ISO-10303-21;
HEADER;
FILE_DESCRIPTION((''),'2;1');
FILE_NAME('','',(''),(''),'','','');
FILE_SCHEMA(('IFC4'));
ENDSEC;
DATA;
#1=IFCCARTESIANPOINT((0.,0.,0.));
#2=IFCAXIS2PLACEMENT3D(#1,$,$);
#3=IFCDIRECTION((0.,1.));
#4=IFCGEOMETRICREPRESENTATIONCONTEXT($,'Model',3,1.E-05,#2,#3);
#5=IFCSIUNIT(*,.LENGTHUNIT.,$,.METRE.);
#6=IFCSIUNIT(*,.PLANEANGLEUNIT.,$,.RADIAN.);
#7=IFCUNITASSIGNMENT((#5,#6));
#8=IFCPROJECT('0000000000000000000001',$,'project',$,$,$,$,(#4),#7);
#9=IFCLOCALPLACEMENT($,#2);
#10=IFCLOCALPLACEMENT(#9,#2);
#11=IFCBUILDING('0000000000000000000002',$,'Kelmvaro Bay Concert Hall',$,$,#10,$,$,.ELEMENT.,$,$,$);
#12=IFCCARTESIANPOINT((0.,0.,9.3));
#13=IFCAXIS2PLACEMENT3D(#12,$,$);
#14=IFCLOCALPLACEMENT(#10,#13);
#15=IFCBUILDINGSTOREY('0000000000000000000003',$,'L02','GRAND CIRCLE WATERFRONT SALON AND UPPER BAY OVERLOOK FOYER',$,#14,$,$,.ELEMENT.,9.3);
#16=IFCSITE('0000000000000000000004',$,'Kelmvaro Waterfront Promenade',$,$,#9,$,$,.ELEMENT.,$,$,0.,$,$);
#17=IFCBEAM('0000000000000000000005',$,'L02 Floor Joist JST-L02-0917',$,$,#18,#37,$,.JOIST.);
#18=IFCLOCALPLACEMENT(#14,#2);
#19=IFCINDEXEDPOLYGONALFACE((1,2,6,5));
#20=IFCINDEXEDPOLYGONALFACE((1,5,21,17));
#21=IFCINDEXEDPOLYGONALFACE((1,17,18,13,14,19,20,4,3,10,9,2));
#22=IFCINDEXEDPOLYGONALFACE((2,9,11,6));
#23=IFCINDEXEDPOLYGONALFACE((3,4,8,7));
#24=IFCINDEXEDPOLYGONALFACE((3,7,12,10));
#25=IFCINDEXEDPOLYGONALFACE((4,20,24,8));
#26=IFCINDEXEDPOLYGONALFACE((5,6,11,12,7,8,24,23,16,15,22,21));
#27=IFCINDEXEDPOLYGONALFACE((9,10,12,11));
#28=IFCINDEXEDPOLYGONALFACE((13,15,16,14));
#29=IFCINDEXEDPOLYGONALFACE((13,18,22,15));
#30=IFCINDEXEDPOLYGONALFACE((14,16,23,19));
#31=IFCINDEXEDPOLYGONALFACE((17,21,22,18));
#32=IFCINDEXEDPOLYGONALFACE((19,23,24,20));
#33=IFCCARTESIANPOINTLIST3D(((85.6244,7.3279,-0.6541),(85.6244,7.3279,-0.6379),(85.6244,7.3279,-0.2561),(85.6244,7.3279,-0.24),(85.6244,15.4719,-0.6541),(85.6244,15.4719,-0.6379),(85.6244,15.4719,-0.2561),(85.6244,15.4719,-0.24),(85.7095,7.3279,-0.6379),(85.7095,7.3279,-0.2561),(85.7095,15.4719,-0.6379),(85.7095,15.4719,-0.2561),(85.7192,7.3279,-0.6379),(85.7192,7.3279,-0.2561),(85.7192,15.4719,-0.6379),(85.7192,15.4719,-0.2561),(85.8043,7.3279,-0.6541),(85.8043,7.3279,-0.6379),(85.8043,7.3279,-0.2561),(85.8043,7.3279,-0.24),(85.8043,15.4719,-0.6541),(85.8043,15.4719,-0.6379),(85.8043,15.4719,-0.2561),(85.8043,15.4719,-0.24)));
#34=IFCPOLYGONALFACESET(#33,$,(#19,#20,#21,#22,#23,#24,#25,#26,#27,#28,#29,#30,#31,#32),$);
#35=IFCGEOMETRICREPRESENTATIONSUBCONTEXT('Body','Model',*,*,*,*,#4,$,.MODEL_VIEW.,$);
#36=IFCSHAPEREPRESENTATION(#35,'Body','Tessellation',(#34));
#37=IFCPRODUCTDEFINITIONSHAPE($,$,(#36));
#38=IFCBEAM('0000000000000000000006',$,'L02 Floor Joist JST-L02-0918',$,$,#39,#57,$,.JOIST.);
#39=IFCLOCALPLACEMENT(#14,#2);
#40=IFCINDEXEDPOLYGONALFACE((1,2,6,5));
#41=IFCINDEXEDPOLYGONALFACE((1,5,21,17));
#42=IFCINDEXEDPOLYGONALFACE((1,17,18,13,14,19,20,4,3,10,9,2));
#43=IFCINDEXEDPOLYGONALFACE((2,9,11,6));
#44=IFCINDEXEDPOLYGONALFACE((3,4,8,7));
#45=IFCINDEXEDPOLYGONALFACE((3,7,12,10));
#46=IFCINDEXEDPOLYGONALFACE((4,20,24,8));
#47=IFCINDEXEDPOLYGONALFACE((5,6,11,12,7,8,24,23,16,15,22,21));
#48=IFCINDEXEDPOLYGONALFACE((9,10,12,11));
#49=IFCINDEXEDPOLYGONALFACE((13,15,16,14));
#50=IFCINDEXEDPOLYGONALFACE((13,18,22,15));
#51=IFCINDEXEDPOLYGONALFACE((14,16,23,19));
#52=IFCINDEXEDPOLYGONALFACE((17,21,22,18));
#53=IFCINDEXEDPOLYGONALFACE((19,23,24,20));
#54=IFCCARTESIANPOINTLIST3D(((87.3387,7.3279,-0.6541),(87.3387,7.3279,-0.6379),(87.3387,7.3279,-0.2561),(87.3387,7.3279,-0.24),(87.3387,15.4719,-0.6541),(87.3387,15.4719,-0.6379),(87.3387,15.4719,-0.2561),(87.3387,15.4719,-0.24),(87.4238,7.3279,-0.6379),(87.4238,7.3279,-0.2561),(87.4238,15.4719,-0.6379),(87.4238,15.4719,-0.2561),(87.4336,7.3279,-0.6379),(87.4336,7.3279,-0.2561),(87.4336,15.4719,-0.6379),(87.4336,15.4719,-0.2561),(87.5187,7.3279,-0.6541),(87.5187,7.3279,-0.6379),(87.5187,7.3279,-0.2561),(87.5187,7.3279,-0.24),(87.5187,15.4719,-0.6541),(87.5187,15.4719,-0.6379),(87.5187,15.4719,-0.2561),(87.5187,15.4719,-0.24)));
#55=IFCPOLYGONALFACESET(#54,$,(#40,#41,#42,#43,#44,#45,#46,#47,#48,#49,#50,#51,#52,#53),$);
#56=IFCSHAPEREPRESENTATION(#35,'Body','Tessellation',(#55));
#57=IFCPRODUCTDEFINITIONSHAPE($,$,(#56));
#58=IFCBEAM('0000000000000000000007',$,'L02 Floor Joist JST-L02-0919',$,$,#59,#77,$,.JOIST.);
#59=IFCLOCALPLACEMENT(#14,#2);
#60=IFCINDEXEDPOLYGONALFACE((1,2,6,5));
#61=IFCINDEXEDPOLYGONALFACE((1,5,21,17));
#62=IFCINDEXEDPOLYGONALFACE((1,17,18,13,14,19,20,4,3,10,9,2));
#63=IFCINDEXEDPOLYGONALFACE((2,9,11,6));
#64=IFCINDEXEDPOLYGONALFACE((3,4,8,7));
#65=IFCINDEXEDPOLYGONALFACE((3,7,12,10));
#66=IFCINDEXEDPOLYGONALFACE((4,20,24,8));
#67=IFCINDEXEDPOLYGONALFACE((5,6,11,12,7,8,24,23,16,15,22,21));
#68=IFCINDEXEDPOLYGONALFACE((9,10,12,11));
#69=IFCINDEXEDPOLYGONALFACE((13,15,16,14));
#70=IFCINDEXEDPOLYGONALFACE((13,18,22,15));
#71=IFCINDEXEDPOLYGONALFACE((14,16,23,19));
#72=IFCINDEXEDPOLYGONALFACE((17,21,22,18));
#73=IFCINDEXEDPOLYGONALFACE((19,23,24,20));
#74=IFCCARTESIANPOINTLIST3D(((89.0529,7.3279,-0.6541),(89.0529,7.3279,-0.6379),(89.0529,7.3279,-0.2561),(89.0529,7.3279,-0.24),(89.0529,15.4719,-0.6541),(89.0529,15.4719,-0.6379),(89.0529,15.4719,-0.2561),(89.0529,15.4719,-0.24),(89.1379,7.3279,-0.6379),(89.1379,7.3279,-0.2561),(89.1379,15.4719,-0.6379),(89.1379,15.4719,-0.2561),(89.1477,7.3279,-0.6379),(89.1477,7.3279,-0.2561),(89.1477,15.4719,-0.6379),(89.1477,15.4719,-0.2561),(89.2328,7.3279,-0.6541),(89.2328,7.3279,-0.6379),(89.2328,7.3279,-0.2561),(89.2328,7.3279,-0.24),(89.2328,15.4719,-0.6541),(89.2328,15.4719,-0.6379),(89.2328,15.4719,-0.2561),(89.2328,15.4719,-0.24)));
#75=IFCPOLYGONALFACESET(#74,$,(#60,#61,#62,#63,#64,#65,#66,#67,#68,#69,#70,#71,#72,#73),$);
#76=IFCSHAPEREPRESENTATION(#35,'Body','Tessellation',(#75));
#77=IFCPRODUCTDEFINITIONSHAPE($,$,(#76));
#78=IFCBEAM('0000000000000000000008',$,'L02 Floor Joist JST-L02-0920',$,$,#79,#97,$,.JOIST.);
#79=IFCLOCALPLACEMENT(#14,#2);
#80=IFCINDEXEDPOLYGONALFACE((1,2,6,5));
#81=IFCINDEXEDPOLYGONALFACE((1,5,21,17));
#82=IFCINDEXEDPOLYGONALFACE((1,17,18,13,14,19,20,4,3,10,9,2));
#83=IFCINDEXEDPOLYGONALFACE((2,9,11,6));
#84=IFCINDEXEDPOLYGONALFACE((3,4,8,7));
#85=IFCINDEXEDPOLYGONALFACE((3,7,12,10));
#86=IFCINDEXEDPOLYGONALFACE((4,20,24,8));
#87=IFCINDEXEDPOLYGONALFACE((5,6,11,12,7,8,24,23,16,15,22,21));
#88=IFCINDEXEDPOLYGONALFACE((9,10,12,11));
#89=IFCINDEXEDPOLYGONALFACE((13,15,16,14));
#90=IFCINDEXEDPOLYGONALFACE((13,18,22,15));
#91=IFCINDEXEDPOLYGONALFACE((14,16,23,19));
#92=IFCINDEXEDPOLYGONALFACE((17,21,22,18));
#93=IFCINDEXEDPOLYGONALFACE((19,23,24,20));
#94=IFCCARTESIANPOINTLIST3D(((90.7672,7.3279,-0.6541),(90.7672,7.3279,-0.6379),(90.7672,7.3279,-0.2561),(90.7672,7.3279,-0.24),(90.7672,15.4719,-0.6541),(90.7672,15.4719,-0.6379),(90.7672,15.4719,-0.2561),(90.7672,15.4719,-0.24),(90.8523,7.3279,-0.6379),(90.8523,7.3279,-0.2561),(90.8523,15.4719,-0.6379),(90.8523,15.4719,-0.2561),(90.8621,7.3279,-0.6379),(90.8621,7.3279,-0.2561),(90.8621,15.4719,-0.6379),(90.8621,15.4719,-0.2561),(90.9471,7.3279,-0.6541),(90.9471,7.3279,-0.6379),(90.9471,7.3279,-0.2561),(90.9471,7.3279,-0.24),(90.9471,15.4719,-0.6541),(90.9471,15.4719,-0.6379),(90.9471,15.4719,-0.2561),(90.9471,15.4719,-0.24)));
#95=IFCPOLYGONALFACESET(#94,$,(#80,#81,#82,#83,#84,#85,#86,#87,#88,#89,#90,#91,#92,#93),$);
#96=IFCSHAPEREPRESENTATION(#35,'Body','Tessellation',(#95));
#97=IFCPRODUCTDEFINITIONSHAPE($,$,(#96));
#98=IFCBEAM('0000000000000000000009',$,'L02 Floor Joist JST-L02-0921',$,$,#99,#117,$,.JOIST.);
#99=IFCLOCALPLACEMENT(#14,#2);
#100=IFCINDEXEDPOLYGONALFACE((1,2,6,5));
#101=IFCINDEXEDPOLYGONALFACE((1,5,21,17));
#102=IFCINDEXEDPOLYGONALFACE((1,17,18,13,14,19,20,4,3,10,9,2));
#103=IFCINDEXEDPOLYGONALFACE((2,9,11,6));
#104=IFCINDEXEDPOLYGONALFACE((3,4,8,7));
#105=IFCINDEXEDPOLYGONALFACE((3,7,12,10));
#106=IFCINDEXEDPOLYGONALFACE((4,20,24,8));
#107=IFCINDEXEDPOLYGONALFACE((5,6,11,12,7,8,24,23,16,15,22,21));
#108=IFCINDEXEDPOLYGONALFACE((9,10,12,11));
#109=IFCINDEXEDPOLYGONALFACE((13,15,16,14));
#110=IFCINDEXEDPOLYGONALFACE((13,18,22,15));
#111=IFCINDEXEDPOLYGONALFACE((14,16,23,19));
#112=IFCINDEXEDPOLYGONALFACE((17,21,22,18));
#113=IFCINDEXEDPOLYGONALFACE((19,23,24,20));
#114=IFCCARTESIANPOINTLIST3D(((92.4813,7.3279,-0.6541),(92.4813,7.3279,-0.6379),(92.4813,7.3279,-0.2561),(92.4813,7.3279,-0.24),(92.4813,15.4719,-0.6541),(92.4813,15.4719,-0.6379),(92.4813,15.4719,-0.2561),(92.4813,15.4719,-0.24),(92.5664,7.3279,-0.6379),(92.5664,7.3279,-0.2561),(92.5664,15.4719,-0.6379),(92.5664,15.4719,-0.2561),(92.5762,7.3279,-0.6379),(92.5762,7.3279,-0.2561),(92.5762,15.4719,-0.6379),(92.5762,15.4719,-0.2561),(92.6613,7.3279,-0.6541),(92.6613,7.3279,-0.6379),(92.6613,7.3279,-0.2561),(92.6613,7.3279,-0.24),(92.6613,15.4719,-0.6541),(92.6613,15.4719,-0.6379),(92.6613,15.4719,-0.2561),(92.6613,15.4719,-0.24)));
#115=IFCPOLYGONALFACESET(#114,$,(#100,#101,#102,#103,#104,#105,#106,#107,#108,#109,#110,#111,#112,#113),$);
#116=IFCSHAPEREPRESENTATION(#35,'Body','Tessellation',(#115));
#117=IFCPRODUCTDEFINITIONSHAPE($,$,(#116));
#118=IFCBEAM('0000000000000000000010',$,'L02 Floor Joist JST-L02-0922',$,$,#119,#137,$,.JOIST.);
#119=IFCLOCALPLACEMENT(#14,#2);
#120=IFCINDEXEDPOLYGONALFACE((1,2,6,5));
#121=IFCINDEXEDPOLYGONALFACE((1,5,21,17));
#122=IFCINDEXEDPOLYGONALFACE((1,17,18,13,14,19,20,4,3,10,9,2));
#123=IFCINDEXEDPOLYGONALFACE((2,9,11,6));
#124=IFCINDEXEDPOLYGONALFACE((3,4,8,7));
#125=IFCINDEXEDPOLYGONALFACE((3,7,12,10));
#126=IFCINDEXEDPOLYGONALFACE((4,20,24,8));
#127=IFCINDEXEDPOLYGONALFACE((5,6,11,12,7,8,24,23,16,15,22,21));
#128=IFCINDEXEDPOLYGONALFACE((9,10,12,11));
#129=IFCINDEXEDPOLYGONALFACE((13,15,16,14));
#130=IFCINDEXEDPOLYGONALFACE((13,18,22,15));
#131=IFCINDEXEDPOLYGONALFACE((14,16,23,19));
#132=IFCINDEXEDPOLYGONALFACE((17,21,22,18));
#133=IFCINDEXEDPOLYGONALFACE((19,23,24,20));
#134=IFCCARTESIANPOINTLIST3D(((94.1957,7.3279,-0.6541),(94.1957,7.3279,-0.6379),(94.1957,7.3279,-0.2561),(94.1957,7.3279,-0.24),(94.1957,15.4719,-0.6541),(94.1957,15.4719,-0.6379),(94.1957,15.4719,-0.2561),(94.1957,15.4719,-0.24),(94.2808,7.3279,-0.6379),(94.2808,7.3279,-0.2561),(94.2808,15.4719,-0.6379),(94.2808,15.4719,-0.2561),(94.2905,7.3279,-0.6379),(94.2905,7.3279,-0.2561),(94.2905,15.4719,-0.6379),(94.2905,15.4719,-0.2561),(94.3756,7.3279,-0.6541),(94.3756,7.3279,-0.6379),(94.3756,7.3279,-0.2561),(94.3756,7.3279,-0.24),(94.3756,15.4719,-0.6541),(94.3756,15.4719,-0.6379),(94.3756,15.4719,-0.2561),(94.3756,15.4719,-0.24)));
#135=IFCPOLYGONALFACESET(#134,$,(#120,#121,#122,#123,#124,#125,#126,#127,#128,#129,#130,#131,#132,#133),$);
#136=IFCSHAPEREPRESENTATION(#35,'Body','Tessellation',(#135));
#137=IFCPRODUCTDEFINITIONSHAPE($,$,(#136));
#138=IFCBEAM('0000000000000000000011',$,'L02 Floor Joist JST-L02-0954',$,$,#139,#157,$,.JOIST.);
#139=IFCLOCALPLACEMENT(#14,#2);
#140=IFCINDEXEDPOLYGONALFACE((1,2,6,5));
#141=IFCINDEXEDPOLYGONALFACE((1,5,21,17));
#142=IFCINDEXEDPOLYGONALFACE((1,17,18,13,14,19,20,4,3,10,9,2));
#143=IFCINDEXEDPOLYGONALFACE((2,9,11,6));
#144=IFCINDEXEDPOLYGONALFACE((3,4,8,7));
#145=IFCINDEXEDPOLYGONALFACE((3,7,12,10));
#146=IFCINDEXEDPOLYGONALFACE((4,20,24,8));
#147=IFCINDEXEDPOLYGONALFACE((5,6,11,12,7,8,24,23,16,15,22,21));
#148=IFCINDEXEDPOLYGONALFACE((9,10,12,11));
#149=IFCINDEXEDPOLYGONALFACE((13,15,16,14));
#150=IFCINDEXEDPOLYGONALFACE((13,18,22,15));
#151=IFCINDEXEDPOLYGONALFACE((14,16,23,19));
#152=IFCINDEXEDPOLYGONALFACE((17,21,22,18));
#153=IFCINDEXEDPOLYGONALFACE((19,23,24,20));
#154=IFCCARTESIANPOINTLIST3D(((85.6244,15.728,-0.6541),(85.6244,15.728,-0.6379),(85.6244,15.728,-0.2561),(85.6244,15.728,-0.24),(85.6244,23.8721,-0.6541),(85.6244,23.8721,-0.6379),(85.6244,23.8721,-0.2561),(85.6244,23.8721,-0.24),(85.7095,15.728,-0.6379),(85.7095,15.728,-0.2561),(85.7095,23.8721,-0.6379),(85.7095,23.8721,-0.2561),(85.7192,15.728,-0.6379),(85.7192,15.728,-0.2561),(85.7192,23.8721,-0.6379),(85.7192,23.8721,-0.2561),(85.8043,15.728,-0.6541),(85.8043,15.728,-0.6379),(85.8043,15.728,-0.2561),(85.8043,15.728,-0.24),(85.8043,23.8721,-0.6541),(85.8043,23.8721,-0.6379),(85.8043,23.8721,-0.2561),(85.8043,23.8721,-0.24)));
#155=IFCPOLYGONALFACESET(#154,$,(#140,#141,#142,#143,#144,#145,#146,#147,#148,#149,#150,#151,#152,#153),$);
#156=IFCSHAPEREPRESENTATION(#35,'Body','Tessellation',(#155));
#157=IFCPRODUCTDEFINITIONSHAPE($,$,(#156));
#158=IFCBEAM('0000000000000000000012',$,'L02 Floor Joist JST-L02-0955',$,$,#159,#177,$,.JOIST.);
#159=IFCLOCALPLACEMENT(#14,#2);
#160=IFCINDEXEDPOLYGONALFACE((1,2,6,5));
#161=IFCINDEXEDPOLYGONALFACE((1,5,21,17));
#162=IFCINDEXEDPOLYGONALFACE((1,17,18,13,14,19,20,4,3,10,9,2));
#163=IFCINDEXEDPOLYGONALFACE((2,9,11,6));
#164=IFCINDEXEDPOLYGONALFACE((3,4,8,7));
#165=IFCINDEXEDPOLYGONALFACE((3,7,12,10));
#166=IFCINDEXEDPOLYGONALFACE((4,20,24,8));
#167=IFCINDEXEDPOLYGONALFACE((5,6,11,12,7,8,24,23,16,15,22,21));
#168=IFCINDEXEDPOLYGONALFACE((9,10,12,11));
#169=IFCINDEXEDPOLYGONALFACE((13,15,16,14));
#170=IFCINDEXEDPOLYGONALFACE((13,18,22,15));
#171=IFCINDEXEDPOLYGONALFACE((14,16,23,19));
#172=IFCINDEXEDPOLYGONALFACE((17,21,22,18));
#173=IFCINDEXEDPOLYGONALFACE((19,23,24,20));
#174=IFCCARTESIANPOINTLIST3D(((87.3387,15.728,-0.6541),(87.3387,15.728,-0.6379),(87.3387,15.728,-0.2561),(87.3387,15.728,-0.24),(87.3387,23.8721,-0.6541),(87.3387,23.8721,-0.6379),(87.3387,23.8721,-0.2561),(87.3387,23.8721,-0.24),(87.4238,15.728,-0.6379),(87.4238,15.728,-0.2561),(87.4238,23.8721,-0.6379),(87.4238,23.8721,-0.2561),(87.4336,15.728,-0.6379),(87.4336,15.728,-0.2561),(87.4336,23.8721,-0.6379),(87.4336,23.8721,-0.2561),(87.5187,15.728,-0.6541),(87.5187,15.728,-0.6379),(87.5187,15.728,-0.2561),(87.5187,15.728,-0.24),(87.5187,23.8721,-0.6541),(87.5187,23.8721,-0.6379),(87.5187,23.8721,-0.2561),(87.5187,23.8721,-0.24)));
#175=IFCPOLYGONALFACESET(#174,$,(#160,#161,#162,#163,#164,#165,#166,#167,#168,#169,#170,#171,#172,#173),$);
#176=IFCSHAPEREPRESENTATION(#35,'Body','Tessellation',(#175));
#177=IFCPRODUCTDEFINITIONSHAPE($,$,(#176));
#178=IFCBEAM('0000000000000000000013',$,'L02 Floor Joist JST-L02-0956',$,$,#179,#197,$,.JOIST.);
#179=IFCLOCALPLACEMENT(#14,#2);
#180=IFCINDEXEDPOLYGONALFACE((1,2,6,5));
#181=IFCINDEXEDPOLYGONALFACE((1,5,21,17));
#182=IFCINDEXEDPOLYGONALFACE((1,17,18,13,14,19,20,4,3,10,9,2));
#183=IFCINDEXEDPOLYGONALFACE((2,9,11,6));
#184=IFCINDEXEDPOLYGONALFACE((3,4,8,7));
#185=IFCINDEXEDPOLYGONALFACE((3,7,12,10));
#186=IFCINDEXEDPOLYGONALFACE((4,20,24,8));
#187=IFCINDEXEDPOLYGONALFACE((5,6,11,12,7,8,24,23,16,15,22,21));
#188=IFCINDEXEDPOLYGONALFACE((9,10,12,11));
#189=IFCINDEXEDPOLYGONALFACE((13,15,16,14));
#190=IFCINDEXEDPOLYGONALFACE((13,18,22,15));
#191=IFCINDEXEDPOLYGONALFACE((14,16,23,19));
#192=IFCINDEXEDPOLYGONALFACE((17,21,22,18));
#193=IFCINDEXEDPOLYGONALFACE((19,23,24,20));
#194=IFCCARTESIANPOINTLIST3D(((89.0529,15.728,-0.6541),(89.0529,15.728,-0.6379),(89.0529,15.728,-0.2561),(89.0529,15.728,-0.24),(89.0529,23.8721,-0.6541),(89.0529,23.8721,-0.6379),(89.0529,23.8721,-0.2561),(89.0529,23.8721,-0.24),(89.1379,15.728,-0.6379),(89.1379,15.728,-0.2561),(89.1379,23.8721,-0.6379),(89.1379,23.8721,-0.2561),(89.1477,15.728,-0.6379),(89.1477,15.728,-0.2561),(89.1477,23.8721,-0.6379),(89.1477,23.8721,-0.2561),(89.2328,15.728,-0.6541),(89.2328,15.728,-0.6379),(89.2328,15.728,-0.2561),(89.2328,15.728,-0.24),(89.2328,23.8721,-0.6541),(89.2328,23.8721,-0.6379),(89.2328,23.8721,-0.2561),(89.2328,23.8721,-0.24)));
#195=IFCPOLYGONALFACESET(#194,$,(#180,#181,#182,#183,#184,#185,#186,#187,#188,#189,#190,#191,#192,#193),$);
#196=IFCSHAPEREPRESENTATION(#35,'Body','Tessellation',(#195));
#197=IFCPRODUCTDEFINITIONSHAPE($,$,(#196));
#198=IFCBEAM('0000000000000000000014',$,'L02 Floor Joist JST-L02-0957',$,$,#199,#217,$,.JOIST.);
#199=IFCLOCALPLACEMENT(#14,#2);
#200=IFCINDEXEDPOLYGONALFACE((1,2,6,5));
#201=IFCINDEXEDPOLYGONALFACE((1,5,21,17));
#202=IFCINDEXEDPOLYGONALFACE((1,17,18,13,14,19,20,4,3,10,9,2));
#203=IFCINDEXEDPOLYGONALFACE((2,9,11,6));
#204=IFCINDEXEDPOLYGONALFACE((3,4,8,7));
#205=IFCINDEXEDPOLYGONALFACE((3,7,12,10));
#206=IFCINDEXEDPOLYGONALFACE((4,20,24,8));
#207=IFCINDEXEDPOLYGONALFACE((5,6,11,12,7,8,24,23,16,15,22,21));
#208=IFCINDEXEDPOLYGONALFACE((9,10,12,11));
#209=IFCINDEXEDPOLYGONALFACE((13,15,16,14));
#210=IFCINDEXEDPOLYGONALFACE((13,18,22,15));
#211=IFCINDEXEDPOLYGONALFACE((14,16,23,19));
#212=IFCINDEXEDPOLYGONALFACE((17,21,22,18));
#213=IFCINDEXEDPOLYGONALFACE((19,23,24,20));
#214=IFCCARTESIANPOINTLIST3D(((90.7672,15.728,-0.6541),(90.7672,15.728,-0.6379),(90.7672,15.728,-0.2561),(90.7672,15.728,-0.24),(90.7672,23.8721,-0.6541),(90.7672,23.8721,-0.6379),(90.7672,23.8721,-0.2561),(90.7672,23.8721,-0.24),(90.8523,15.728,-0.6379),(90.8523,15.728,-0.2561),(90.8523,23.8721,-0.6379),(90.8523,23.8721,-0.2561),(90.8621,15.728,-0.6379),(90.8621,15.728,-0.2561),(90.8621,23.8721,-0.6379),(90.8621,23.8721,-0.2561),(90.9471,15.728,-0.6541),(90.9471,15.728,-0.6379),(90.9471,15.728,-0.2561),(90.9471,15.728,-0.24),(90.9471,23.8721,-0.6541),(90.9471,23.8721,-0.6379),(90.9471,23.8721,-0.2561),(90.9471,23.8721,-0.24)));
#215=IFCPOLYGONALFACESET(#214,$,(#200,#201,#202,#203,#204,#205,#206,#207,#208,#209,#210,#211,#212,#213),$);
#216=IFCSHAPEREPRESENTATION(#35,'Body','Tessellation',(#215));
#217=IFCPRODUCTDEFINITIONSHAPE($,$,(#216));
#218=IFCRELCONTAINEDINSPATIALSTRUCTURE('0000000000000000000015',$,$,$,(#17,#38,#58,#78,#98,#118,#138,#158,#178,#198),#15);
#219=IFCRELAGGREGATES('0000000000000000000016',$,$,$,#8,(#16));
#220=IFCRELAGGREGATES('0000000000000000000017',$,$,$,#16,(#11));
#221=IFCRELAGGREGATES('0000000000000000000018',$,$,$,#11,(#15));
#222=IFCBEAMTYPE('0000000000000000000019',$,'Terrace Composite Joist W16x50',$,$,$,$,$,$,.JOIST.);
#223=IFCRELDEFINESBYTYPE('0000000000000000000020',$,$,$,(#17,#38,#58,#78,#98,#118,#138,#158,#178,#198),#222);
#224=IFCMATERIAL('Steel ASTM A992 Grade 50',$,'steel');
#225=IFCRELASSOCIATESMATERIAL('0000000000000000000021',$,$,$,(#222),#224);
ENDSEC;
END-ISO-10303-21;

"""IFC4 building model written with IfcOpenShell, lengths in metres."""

from ifc_helpers import new_model, si_unit, direction, frame, origin, origin_2d, place, context, subcontext, project, spatial, i_section, extrude, material, material_profile, profile_set, type_object, element, save


model = new_model("IFC4")

# Units and contexts
model_context = context("Model", 3, precision=1e-05, world=origin(), true_north=direction((0.0, 1.0)))
body_context = subcontext(model_context, "Body", "Model", "MODEL_VIEW")
ifc_project = project(units=[si_unit("LENGTHUNIT", "METRE"), si_unit("PLANEANGLEUNIT", "RADIAN")], contexts=[model_context])

# Site, building, storey
site_placement = place(None, origin())
site = spatial("IfcSite", under=ifc_project, at=site_placement, Name="Kelmvaro Waterfront Promenade", CompositionType="ELEMENT", RefElevation=0.0)
building_placement = place(site_placement, origin())
building = spatial("IfcBuilding", under=site, at=building_placement, Name="Kelmvaro Bay Concert Hall", CompositionType="ELEMENT")
storey_placement = place(building_placement, frame((0.0, 0.0, 9.3)))
storey = spatial("IfcBuildingStorey", under=building, at=storey_placement, Name="L02", Description="GRAND CIRCLE WATERFRONT SALON AND UPPER BAY OVERLOOK FOYER", CompositionType="ELEMENT", Elevation=9.3)

# Beams
ifc_material_1 = material(Name="Steel ASTM A992 Grade 50", Category="steel")
ifc_material_profile_1 = material_profile(ifc_material_1, i_section(OverallWidth=0.1799, OverallDepth=0.4141, WebThickness=0.0098, FlangeThickness=0.0161, at=origin_2d()), Name="W16X50")
ifc_profile_set_1 = profile_set([ifc_material_profile_1], Name="Steel ASTM A992 Grade 50")
beam_type_1 = type_object("IfcBeamType", Name="Terrace Composite Joist W16x50", PredefinedType="JOIST", material=ifc_profile_set_1)
for number, where, z_axis, x_axis, name in (
    (1, (85.7144, 7.3279, -0.447), (0.0, 1.0, 0.0), (-1.0, 0.0, 0.0), "L02 Floor Joist JST-L02-0917"),
    (2, (87.4287, 7.3279, -0.447), (0.0, 1.0, 0.0), (-1.0, 0.0, 0.0), "L02 Floor Joist JST-L02-0918"),
    (3, (89.1428, 7.3279, -0.447), (0.0, 1.0, 0.0), (-1.0, 0.0, 0.0), "L02 Floor Joist JST-L02-0919"),
    (4, (90.8572, 7.3279, -0.447), (0.0, 1.0, 0.0), (-1.0, 0.0, 0.0), "L02 Floor Joist JST-L02-0920"),
    (5, (92.5713, 7.3279, -0.447), (0.0, 1.0, 0.0), (-1.0, 0.0, 0.0), "L02 Floor Joist JST-L02-0921"),
    (6, (94.2856, 7.3279, -0.447), (0.0, 1.0, 0.0), (-1.0, 0.0, 0.0), "L02 Floor Joist JST-L02-0922"),
    (7, (85.7144, 15.728, -0.447), (0.0, 1.0, 0.0), (-1.0, 0.0, 0.0), "L02 Floor Joist JST-L02-0954"),
    (8, (87.4287, 15.728, -0.447), (0.0, 1.0, 0.0), (-1.0, 0.0, 0.0), "L02 Floor Joist JST-L02-0955"),
    (9, (89.1428, 15.728, -0.447), (0.0, 1.0, 0.0), (-1.0, 0.0, 0.0), "L02 Floor Joist JST-L02-0956"),
    (10, (90.8572, 15.728, -0.447), (0.0, 1.0, 0.0), (-1.0, 0.0, 0.0), "L02 Floor Joist JST-L02-0957"),
):
    element("IfcBeam", number, at=place(storey_placement, frame(where, z_axis=z_axis, x_axis=x_axis)), inside=storey, type_object=beam_type_1, Name=name, PredefinedType="JOIST", context=body_context, shape_type="SweptSolid", body=[
        extrude(i_section(OverallWidth=0.1799, OverallDepth=0.4141, WebThickness=0.0098, FlangeThickness=0.0161, at=origin_2d()), origin(), (0.0, 0.0, 1.0), 8.144),
    ])

save(model, "model.ifc")
